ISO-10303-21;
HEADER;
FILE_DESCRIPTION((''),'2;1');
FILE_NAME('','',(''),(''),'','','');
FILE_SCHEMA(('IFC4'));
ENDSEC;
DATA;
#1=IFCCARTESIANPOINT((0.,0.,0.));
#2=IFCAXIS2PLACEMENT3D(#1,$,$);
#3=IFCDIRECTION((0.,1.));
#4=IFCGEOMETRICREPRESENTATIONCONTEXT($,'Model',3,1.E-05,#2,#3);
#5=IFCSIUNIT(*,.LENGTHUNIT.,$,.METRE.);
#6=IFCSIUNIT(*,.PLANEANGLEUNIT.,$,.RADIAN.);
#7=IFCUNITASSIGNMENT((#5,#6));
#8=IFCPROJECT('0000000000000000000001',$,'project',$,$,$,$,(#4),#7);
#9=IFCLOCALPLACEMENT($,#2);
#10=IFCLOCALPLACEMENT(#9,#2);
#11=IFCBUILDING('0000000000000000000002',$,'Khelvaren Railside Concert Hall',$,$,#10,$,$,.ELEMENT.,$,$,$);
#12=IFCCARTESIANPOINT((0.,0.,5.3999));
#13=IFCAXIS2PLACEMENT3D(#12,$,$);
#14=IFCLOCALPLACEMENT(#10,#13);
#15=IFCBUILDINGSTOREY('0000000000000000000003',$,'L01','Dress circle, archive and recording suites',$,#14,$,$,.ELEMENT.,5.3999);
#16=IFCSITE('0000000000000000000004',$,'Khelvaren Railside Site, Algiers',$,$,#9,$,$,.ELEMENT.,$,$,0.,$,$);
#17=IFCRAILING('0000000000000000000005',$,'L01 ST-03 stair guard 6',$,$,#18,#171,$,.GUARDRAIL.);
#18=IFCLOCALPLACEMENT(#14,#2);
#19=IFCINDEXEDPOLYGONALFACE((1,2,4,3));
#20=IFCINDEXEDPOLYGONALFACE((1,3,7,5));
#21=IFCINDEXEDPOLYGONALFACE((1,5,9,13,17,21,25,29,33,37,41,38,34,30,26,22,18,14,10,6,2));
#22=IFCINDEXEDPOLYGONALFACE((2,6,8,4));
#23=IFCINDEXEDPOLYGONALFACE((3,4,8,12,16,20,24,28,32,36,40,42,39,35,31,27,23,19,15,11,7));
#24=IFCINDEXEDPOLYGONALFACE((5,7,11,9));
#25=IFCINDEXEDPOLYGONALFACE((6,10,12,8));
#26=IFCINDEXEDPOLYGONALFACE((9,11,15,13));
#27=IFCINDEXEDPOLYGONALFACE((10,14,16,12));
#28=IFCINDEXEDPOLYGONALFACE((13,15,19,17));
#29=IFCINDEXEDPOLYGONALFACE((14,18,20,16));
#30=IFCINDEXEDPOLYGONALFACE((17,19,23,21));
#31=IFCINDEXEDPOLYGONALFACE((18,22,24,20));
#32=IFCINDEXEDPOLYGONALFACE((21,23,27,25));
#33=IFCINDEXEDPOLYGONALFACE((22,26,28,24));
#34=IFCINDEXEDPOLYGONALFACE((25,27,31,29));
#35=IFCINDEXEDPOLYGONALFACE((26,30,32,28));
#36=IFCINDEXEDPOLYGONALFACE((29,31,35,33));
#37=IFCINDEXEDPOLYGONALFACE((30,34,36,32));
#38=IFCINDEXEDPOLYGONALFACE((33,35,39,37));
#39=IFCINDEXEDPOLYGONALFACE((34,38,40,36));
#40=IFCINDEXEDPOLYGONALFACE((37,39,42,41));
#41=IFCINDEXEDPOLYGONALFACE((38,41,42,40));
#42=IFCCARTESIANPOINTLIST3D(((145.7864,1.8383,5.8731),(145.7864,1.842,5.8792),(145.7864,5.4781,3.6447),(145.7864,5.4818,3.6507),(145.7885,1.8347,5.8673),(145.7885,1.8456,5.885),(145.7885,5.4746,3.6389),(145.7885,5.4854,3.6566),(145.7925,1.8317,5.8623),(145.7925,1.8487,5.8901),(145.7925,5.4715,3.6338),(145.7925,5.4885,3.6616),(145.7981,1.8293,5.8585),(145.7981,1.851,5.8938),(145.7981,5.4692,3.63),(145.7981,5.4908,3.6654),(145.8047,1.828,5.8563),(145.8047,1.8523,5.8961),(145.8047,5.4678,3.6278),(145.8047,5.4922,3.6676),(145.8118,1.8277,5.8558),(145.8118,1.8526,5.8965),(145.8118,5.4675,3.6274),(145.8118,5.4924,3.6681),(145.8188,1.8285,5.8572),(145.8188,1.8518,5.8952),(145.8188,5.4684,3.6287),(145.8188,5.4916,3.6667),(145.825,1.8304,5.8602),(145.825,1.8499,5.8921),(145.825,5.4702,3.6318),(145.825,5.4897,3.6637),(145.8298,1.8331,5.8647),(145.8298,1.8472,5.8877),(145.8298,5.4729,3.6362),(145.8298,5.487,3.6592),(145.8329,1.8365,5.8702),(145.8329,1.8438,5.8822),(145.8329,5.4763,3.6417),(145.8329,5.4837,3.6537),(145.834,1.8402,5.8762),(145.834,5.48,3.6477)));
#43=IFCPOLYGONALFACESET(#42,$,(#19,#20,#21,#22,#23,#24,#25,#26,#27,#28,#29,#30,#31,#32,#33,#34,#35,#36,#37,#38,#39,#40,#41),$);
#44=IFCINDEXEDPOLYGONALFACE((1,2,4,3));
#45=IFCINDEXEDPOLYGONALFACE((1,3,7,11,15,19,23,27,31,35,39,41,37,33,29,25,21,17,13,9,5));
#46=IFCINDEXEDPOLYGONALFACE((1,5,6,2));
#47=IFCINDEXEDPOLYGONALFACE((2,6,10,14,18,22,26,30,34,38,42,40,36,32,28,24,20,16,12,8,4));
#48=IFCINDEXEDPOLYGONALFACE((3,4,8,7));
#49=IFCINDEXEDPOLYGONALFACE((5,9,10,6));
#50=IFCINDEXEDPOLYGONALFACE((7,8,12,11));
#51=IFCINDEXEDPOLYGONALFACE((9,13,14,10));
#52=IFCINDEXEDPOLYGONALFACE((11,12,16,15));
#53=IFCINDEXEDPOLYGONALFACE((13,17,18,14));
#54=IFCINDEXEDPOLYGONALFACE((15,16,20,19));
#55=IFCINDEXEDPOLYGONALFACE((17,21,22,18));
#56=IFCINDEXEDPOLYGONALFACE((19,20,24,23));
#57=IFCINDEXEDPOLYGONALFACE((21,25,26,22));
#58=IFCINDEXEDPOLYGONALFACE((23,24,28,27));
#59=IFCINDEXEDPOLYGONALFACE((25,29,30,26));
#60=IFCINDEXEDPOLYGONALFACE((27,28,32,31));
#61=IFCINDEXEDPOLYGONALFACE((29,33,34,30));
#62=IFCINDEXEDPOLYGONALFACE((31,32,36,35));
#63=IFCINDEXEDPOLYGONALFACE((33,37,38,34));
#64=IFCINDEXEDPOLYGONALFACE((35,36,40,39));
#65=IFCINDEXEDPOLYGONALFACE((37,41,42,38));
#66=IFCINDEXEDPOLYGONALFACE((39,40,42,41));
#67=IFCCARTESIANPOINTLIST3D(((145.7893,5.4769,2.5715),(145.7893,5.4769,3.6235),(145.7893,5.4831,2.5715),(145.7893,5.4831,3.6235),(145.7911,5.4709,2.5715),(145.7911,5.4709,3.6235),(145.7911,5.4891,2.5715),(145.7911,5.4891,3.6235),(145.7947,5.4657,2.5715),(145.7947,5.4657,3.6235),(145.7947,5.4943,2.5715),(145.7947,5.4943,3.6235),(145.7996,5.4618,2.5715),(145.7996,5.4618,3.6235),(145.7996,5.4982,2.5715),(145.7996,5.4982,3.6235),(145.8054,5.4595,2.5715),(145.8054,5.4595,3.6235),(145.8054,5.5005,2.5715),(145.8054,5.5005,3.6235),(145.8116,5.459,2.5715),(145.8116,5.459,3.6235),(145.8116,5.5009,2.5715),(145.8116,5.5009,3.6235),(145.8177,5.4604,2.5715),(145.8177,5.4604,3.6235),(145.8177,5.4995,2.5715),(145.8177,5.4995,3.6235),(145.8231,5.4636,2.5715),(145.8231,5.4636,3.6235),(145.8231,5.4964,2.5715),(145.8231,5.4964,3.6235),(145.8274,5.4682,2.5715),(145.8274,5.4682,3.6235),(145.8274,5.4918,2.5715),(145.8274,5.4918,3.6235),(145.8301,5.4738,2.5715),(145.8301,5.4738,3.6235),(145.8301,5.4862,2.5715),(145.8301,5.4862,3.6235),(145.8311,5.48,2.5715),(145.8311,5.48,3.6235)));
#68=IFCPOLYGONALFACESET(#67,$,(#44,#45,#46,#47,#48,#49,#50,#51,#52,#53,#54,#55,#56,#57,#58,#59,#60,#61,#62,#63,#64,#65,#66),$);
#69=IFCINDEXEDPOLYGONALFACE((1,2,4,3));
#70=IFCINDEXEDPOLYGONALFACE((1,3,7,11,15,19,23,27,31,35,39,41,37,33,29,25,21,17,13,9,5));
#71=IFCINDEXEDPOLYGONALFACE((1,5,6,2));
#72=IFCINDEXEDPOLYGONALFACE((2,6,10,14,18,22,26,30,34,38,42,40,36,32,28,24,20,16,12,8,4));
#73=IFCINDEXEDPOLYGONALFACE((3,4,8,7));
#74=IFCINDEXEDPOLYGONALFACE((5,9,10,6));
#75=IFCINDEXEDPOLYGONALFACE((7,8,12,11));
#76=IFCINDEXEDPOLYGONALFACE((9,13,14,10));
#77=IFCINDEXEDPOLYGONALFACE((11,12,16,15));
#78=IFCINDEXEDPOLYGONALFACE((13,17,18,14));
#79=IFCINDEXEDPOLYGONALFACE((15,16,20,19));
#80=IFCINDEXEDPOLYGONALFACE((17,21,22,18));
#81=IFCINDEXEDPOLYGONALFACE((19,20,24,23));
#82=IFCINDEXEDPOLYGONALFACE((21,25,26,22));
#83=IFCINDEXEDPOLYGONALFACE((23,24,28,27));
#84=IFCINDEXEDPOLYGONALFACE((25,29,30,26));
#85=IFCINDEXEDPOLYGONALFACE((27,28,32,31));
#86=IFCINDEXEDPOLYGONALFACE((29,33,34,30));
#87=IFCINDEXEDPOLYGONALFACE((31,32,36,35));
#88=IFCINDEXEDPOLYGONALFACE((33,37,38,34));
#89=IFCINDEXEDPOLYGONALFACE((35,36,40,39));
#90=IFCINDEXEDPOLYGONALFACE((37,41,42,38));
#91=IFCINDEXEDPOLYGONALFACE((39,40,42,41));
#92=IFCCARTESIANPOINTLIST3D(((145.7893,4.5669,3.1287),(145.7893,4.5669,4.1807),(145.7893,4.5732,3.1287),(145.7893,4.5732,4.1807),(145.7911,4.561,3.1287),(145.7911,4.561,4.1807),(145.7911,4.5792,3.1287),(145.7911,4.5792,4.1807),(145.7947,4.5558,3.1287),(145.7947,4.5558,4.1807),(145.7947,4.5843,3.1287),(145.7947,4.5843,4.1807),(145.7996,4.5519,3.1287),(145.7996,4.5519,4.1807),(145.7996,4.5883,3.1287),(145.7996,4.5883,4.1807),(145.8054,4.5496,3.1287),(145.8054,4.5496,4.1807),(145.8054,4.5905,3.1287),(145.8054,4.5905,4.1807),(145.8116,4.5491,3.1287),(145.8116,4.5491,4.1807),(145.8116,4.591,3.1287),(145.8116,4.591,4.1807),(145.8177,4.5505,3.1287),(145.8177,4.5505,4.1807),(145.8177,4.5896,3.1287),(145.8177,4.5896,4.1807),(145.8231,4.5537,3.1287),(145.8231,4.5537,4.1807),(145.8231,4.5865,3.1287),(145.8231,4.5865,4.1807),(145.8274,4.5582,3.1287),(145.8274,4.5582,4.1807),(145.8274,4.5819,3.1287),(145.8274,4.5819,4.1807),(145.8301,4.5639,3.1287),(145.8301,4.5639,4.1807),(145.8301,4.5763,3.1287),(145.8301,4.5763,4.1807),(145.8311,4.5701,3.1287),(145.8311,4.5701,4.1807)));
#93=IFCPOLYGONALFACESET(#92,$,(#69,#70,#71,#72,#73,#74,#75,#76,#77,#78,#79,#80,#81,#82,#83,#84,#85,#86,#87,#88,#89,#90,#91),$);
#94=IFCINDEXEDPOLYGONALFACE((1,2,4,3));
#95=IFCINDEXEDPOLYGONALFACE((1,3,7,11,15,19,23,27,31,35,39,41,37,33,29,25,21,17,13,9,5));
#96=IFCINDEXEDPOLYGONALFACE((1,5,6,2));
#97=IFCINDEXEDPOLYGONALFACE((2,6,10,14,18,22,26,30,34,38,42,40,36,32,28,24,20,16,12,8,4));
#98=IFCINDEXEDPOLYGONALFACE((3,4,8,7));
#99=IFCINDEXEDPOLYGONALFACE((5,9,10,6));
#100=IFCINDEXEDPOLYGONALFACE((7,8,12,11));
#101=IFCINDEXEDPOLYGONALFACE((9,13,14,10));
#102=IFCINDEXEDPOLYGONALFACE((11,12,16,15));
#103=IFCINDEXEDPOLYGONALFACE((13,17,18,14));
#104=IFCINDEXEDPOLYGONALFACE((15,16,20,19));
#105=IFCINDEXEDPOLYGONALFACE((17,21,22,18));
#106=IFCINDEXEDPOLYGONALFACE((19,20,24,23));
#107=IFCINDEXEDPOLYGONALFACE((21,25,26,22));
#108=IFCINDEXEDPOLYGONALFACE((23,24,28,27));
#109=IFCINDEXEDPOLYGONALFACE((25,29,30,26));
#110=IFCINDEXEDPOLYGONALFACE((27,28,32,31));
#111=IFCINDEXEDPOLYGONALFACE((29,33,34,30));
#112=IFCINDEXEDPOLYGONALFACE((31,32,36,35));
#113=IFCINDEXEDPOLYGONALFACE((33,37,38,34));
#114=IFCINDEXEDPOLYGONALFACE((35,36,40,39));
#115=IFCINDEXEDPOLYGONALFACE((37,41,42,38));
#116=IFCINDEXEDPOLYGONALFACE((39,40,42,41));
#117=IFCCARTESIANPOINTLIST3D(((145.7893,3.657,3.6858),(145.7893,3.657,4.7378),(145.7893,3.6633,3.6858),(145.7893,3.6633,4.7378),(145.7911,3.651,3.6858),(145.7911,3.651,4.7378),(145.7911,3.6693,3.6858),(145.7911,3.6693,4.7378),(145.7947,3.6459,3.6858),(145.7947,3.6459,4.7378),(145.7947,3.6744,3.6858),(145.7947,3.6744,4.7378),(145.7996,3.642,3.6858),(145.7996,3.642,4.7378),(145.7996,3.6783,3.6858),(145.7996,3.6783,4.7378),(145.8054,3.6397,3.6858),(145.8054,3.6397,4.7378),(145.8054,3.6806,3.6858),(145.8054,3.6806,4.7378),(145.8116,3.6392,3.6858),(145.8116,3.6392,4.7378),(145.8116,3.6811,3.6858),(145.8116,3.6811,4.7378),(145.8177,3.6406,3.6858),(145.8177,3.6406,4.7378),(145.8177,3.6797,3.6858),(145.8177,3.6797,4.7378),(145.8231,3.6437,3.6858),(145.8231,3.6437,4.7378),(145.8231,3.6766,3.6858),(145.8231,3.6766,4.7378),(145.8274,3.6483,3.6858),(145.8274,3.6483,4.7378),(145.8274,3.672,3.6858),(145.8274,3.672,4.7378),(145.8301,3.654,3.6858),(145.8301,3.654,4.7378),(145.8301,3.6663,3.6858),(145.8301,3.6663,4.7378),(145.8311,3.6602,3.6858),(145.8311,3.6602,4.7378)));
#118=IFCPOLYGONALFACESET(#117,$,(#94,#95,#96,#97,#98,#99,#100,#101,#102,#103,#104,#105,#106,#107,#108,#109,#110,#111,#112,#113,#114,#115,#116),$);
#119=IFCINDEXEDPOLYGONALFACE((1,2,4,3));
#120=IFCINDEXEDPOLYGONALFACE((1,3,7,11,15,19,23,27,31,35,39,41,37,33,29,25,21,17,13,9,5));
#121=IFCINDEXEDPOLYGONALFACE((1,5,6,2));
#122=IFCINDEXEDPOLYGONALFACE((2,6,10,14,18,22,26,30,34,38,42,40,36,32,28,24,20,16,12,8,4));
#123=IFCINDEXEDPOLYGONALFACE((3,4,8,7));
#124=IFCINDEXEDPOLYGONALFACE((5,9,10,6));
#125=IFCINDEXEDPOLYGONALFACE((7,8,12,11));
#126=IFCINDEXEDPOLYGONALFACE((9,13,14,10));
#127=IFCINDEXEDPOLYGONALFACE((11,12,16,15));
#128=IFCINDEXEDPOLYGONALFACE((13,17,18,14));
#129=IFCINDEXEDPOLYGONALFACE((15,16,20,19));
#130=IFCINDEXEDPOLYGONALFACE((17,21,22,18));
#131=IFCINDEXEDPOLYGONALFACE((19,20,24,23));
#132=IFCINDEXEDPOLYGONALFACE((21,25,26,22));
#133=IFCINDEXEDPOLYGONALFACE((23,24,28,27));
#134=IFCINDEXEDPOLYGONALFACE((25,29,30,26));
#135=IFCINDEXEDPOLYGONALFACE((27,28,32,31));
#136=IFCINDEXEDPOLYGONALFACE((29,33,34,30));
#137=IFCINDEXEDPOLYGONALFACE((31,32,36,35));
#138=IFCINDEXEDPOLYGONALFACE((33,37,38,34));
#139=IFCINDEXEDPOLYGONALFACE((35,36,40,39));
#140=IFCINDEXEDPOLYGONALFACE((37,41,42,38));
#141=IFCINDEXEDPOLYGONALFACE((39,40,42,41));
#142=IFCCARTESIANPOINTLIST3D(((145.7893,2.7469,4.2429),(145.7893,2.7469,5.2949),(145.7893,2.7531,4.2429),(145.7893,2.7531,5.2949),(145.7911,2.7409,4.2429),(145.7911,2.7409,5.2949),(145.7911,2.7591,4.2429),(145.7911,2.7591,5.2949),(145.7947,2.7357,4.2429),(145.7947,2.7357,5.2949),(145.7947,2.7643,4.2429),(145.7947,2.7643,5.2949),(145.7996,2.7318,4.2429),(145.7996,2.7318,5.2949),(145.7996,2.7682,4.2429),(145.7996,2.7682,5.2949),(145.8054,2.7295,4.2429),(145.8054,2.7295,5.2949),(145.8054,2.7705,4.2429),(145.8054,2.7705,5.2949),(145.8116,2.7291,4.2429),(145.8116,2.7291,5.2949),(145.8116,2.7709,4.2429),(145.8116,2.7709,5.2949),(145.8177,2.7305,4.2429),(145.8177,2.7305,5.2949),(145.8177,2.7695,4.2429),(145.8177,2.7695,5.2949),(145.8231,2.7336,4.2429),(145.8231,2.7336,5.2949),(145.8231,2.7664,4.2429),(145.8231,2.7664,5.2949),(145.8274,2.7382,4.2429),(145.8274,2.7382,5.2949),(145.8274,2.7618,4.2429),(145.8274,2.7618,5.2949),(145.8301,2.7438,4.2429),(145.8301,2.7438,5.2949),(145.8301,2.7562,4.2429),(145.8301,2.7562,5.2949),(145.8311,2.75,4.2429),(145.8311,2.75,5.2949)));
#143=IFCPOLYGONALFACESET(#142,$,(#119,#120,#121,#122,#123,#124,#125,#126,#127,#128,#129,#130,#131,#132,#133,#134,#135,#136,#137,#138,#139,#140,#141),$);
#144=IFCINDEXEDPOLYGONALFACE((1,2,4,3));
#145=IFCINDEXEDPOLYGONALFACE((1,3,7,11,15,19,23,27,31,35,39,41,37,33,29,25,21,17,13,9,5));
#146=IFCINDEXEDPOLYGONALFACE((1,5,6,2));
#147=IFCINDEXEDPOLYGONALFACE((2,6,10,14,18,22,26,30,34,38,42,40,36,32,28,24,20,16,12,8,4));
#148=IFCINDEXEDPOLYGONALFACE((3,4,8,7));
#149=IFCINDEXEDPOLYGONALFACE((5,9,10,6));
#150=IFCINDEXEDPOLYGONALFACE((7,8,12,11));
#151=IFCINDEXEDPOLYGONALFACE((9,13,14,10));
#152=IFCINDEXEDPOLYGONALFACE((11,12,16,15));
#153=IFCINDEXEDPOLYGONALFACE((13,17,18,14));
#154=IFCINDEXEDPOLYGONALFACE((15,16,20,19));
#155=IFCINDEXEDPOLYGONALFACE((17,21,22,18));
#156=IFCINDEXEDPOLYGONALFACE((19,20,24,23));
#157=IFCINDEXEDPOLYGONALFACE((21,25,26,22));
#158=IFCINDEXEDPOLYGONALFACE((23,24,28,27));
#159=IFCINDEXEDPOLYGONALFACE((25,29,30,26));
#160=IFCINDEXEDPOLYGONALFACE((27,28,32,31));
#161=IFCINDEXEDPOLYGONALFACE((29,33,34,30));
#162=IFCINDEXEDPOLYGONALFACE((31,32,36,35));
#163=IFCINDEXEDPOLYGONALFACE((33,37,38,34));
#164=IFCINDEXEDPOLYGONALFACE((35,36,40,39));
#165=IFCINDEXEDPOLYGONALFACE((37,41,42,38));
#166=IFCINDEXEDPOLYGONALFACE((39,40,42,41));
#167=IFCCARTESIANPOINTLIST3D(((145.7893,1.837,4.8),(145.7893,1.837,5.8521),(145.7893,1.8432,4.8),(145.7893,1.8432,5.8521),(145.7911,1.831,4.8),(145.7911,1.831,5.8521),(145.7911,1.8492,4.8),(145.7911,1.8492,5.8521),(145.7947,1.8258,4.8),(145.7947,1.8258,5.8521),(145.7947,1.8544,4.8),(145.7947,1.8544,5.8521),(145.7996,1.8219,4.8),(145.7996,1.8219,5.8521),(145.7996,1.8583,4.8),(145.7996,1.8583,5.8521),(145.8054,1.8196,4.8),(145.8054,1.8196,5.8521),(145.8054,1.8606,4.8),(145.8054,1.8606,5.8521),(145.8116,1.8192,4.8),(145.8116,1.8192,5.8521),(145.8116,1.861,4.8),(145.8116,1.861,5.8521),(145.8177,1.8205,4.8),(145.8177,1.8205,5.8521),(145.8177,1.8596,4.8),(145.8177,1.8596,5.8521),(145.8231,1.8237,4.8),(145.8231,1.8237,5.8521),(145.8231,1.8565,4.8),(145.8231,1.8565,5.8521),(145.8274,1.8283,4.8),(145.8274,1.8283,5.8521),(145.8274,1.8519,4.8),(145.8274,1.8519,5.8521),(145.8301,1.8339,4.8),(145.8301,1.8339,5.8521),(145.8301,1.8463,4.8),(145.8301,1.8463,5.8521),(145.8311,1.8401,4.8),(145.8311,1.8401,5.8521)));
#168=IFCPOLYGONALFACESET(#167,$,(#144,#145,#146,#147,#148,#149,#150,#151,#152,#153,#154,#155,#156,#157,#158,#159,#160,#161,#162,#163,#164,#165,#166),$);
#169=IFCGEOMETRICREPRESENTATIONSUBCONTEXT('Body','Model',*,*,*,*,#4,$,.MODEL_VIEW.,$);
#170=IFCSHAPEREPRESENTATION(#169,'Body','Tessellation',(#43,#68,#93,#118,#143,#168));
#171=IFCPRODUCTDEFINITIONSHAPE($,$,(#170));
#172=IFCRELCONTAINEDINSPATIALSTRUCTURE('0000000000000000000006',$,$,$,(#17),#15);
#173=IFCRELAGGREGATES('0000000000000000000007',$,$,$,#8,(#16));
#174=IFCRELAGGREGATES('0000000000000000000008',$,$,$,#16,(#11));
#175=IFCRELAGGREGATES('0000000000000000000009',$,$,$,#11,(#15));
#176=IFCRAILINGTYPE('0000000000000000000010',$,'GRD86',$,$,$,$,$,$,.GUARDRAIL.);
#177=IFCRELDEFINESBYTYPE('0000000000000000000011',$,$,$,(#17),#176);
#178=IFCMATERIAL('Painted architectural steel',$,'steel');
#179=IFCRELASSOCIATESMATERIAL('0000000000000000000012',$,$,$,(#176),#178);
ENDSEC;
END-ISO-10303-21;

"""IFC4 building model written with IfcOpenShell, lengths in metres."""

from ifc_helpers import new_model, si_unit, direction, frame, origin, origin_2d, place, context, subcontext, project, spatial, circle, extrude, material, type_object, element, save


model = new_model("IFC4")

# Units and contexts
model_context = context("Model", 3, precision=1e-05, world=origin(), true_north=direction((0.0, 1.0)))
body_context = subcontext(model_context, "Body", "Model", "MODEL_VIEW")
ifc_project = project(units=[si_unit("LENGTHUNIT", "METRE"), si_unit("PLANEANGLEUNIT", "RADIAN")], contexts=[model_context])

# Site, building, storey
site_placement = place(None, origin())
site = spatial("IfcSite", under=ifc_project, at=site_placement, Name="Khelvaren Railside Site, Algiers", CompositionType="ELEMENT", RefElevation=0.0)
building_placement = place(site_placement, origin())
building = spatial("IfcBuilding", under=site, at=building_placement, Name="Khelvaren Railside Concert Hall", CompositionType="ELEMENT")
storey_placement = place(building_placement, frame((0.0, 0.0, 5.3999)))
storey = spatial("IfcBuildingStorey", under=building, at=storey_placement, Name="L01", Description="Dress circle, archive and recording suites", CompositionType="ELEMENT", Elevation=5.3999)

# Railing
ifc_material_1 = material(Name="Painted architectural steel", Category="steel")
railing_type_1 = type_object("IfcRailingType", Name="GRD86", PredefinedType="GUARDRAIL", material=ifc_material_1)
railing_1_placement = place(storey_placement, frame((145.8101, 5.48, 2.5715)))
element("IfcRailing", 1, at=railing_1_placement, inside=storey, type_object=railing_type_1, Name="L01 ST-03 stair guard 6", PredefinedType="GUARDRAIL", context=body_context, shape_type="SweptSolid", body=[
    extrude(circle(Radius=0.0239, at=origin_2d()), frame((0.0, 0.0, 1.0762), z_axis=(0.0, -0.85285, 0.522156), x_axis=(1.0, 0.0, 0.0)), (0.0, 0.0, 1.0), 4.2678),
    extrude(circle(Radius=0.021, at=origin_2d()), origin(), (0.0, 0.0, 1.0), 1.052),
    extrude(circle(Radius=0.021, at=origin_2d()), frame((0.0, -0.9099, 0.5571)), (0.0, 0.0, 1.0), 1.052),
    extrude(circle(Radius=0.021, at=origin_2d()), frame((0.0, -1.8198, 1.1143)), (0.0, 0.0, 1.0), 1.052),
    extrude(circle(Radius=0.021, at=origin_2d()), frame((0.0, -2.73, 1.6714)), (0.0, 0.0, 1.0), 1.052),
    extrude(circle(Radius=0.021, at=origin_2d()), frame((0.0, -3.6399, 2.2285)), (0.0, 0.0, 1.0), 1.052),
])

save(model, "model.ifc")
